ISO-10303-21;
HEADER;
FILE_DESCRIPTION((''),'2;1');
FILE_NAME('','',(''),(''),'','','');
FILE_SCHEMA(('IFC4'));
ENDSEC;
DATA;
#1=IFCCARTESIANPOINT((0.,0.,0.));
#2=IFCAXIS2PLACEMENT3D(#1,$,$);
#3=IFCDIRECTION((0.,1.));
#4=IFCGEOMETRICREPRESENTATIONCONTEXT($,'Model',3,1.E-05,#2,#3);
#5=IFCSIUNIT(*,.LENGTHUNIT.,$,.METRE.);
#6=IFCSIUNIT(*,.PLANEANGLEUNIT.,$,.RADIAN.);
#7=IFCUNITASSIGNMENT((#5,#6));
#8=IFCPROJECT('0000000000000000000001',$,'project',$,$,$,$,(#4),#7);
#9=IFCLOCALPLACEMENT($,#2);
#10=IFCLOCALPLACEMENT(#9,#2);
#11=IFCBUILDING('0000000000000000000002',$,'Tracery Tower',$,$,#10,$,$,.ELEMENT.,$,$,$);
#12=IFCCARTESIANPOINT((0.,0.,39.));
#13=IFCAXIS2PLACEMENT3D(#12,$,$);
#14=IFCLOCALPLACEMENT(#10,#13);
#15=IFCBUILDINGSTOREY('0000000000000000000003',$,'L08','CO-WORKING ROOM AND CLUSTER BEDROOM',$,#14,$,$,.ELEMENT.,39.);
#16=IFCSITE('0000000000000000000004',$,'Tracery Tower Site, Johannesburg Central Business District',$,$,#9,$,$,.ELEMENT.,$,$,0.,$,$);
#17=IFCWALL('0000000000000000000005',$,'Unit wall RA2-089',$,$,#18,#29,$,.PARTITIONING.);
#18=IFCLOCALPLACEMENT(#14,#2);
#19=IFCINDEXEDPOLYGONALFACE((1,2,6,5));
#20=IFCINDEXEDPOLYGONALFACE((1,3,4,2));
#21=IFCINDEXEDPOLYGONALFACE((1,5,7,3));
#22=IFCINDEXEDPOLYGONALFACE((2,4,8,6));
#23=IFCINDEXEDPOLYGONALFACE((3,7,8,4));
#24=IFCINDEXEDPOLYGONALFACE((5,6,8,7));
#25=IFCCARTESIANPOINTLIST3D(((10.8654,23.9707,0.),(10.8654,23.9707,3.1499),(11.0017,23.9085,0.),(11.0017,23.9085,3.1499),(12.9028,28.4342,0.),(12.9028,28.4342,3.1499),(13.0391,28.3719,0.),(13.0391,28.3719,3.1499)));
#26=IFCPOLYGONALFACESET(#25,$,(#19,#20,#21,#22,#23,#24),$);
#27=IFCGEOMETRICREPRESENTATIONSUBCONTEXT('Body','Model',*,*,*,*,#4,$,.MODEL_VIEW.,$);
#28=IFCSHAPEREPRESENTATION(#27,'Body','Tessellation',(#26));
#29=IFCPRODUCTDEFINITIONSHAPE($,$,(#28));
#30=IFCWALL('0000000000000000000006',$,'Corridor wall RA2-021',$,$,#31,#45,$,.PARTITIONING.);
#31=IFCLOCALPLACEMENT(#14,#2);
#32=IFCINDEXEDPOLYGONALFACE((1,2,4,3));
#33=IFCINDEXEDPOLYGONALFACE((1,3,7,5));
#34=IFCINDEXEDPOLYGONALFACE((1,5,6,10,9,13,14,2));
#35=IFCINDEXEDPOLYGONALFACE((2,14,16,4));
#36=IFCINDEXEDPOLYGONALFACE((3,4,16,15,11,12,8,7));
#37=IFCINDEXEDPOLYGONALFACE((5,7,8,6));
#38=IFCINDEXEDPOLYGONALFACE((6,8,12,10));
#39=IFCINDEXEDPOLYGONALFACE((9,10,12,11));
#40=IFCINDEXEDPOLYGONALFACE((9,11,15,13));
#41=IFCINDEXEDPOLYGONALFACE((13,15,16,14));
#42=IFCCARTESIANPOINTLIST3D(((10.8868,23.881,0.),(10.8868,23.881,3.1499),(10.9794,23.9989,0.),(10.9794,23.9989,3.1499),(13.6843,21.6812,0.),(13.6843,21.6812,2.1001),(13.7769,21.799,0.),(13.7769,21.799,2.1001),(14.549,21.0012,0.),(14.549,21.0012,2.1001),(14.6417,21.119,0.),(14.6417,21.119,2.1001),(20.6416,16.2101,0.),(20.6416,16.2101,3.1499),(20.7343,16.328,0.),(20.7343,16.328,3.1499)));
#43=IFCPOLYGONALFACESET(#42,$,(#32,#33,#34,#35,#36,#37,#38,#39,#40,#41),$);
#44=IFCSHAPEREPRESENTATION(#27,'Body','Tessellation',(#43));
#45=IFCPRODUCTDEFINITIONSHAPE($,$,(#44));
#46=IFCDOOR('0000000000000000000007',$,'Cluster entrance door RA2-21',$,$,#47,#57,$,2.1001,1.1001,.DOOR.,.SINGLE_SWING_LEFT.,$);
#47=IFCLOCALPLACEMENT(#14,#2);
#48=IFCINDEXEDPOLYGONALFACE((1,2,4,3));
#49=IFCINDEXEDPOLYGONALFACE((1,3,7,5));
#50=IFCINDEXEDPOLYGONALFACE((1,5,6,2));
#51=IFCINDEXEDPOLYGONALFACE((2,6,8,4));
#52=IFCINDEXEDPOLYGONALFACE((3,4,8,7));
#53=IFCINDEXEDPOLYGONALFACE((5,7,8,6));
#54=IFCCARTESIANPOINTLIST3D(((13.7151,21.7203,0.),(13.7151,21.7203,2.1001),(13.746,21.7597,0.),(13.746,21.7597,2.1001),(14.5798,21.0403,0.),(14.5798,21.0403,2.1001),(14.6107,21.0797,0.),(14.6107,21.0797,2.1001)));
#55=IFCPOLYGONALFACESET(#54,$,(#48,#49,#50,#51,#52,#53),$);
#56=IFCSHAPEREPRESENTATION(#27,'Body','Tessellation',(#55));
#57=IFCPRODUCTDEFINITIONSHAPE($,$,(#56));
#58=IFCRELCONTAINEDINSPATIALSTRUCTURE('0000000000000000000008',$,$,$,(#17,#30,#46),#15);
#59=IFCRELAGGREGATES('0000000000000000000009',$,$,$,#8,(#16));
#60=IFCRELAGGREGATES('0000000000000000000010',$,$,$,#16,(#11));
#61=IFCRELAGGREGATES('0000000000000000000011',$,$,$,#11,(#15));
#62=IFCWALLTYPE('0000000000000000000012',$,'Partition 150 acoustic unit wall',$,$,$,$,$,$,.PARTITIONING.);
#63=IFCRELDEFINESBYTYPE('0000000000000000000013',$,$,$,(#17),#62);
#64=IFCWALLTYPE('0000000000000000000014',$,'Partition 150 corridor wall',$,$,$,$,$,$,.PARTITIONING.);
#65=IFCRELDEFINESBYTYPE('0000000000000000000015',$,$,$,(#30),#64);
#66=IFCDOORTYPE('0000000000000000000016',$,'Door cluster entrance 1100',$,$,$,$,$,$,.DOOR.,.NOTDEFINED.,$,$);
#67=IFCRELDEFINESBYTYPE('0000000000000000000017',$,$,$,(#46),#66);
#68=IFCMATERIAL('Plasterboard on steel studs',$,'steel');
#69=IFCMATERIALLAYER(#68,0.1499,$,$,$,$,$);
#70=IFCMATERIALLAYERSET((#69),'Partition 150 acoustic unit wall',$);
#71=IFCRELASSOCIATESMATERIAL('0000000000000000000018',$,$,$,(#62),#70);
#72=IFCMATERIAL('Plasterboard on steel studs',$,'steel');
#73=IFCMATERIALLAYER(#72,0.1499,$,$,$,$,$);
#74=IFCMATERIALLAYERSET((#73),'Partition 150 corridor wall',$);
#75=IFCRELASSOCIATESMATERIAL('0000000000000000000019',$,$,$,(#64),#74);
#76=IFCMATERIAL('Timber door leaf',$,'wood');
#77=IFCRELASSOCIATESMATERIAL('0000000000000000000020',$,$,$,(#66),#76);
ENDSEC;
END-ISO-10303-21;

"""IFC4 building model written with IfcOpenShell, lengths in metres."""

from ifc_helpers import new_model, si_unit, direction, frame, frame_2d, origin, place, context, subcontext, project, spatial, rectangle, extrude, material, layer, layer_set, type_object, element, fill, save


model = new_model("IFC4")

# Units and contexts
model_context = context("Model", 3, precision=1e-05, world=origin(), true_north=direction((0.0, 1.0)))
body_context = subcontext(model_context, "Body", "Model", "MODEL_VIEW")
ifc_project = project(units=[si_unit("LENGTHUNIT", "METRE"), si_unit("PLANEANGLEUNIT", "RADIAN")], contexts=[model_context])

# Site, building, storey
site_placement = place(None, origin())
site = spatial("IfcSite", under=ifc_project, at=site_placement, Name="Tracery Tower Site, Johannesburg Central Business District", CompositionType="ELEMENT", RefElevation=0.0)
building_placement = place(site_placement, origin())
building = spatial("IfcBuilding", under=site, at=building_placement, Name="Tracery Tower", CompositionType="ELEMENT")
storey_placement = place(building_placement, frame((0.0, 0.0, 39.0)))
storey = spatial("IfcBuildingStorey", under=building, at=storey_placement, Name="L08", Description="CO-WORKING ROOM AND CLUSTER BEDROOM", CompositionType="ELEMENT", Elevation=39.0)

# Wall
ifc_material_1 = material(Name="Plasterboard on steel studs", Category="steel")
ifc_layer_1 = layer(ifc_material_1, 0.1499)
ifc_layer_set_1 = layer_set([ifc_layer_1], Name="Partition 150 acoustic unit wall")
wall_type_1 = type_object("IfcWallType", Name="Partition 150 acoustic unit wall", PredefinedType="PARTITIONING", material=ifc_layer_set_1)
wall_1_placement = place(storey_placement, frame((10.9336, 23.9397, 0.0), z_axis=(0.0, 0.0, 1.0), x_axis=(0.415246, 0.909709, 0.0)))
element("IfcWall", 1, at=wall_1_placement, inside=storey, type_object=wall_type_1, Name="Unit wall RA2-089", PredefinedType="PARTITIONING", context=body_context, shape_type="SweptSolid", body=[
    extrude(rectangle(XDim=4.9065, YDim=0.1499, at=frame_2d((2.4531, 0.0))), origin(), (0.0, 0.0, 1.0), 3.1499),
])

# Wall, opening, door
ifc_material_2 = material(Name="Plasterboard on steel studs", Category="steel")
ifc_layer_2 = layer(ifc_material_2, 0.1499)
ifc_layer_set_2 = layer_set([ifc_layer_2], Name="Partition 150 corridor wall")
wall_type_2 = type_object("IfcWallType", Name="Partition 150 corridor wall", PredefinedType="PARTITIONING", material=ifc_layer_set_2)
wall_2_placement = place(storey_placement, frame((10.9331, 23.9399, 0.0), z_axis=(0.0, 0.0, 1.0), x_axis=(0.78607, -0.618138, 0.0)))
wall_2 = element("IfcWall", 2, at=wall_2_placement, inside=storey, type_object=wall_type_2, Name="Corridor wall RA2-021", PredefinedType="PARTITIONING", context=body_context, shape_type="SweptSolid", body=[
    extrude(rectangle(XDim=12.4097, YDim=0.1499, at=frame_2d((6.2048, 0.0))), origin(), (0.0, 0.0, 1.0), 3.1499),
])
opening_1_placement = place(wall_2_placement, frame((3.5588, 0.0, 0.0)))
opening_1 = element("IfcOpeningElement", 3, at=opening_1_placement, cuts=wall_2, PredefinedType="OPENING", context=body_context, shape_type="SweptSolid", body=[
    extrude(rectangle(XDim=1.1001, YDim=2.1001, at=frame_2d((0.55, 1.05))), frame((0.0, 0.075, 0.0), z_axis=(0.0, -1.0, 0.0), x_axis=(1.0, 0.0, 0.0)), (0.0, 0.0, 1.0), 0.1499),
])
ifc_material_3 = material(Name="Timber door leaf", Category="wood")
door_type_1 = type_object("IfcDoorType", Name="Door cluster entrance 1100", OperationType="NOTDEFINED", PredefinedType="DOOR", material=ifc_material_3)
door_1_placement = place(opening_1_placement, origin())
door_1 = element("IfcDoor", 4, at=door_1_placement, inside=storey, type_object=door_type_1, Name="Cluster entrance door RA2-21", OperationType="SINGLE_SWING_LEFT", OverallHeight=2.1001, OverallWidth=1.1001, PredefinedType="DOOR", context=body_context, shape_type="SweptSolid", body=[
    extrude(rectangle(XDim=1.1001, YDim=2.1001, at=frame_2d((0.55, 1.05))), frame((0.0, 0.0249, 0.0), z_axis=(0.0, -1.0, 0.0), x_axis=(1.0, 0.0, 0.0)), (0.0, 0.0, 1.0), 0.05),
])
fill(opening_1, door_1)

save(model, "model.ifc")
